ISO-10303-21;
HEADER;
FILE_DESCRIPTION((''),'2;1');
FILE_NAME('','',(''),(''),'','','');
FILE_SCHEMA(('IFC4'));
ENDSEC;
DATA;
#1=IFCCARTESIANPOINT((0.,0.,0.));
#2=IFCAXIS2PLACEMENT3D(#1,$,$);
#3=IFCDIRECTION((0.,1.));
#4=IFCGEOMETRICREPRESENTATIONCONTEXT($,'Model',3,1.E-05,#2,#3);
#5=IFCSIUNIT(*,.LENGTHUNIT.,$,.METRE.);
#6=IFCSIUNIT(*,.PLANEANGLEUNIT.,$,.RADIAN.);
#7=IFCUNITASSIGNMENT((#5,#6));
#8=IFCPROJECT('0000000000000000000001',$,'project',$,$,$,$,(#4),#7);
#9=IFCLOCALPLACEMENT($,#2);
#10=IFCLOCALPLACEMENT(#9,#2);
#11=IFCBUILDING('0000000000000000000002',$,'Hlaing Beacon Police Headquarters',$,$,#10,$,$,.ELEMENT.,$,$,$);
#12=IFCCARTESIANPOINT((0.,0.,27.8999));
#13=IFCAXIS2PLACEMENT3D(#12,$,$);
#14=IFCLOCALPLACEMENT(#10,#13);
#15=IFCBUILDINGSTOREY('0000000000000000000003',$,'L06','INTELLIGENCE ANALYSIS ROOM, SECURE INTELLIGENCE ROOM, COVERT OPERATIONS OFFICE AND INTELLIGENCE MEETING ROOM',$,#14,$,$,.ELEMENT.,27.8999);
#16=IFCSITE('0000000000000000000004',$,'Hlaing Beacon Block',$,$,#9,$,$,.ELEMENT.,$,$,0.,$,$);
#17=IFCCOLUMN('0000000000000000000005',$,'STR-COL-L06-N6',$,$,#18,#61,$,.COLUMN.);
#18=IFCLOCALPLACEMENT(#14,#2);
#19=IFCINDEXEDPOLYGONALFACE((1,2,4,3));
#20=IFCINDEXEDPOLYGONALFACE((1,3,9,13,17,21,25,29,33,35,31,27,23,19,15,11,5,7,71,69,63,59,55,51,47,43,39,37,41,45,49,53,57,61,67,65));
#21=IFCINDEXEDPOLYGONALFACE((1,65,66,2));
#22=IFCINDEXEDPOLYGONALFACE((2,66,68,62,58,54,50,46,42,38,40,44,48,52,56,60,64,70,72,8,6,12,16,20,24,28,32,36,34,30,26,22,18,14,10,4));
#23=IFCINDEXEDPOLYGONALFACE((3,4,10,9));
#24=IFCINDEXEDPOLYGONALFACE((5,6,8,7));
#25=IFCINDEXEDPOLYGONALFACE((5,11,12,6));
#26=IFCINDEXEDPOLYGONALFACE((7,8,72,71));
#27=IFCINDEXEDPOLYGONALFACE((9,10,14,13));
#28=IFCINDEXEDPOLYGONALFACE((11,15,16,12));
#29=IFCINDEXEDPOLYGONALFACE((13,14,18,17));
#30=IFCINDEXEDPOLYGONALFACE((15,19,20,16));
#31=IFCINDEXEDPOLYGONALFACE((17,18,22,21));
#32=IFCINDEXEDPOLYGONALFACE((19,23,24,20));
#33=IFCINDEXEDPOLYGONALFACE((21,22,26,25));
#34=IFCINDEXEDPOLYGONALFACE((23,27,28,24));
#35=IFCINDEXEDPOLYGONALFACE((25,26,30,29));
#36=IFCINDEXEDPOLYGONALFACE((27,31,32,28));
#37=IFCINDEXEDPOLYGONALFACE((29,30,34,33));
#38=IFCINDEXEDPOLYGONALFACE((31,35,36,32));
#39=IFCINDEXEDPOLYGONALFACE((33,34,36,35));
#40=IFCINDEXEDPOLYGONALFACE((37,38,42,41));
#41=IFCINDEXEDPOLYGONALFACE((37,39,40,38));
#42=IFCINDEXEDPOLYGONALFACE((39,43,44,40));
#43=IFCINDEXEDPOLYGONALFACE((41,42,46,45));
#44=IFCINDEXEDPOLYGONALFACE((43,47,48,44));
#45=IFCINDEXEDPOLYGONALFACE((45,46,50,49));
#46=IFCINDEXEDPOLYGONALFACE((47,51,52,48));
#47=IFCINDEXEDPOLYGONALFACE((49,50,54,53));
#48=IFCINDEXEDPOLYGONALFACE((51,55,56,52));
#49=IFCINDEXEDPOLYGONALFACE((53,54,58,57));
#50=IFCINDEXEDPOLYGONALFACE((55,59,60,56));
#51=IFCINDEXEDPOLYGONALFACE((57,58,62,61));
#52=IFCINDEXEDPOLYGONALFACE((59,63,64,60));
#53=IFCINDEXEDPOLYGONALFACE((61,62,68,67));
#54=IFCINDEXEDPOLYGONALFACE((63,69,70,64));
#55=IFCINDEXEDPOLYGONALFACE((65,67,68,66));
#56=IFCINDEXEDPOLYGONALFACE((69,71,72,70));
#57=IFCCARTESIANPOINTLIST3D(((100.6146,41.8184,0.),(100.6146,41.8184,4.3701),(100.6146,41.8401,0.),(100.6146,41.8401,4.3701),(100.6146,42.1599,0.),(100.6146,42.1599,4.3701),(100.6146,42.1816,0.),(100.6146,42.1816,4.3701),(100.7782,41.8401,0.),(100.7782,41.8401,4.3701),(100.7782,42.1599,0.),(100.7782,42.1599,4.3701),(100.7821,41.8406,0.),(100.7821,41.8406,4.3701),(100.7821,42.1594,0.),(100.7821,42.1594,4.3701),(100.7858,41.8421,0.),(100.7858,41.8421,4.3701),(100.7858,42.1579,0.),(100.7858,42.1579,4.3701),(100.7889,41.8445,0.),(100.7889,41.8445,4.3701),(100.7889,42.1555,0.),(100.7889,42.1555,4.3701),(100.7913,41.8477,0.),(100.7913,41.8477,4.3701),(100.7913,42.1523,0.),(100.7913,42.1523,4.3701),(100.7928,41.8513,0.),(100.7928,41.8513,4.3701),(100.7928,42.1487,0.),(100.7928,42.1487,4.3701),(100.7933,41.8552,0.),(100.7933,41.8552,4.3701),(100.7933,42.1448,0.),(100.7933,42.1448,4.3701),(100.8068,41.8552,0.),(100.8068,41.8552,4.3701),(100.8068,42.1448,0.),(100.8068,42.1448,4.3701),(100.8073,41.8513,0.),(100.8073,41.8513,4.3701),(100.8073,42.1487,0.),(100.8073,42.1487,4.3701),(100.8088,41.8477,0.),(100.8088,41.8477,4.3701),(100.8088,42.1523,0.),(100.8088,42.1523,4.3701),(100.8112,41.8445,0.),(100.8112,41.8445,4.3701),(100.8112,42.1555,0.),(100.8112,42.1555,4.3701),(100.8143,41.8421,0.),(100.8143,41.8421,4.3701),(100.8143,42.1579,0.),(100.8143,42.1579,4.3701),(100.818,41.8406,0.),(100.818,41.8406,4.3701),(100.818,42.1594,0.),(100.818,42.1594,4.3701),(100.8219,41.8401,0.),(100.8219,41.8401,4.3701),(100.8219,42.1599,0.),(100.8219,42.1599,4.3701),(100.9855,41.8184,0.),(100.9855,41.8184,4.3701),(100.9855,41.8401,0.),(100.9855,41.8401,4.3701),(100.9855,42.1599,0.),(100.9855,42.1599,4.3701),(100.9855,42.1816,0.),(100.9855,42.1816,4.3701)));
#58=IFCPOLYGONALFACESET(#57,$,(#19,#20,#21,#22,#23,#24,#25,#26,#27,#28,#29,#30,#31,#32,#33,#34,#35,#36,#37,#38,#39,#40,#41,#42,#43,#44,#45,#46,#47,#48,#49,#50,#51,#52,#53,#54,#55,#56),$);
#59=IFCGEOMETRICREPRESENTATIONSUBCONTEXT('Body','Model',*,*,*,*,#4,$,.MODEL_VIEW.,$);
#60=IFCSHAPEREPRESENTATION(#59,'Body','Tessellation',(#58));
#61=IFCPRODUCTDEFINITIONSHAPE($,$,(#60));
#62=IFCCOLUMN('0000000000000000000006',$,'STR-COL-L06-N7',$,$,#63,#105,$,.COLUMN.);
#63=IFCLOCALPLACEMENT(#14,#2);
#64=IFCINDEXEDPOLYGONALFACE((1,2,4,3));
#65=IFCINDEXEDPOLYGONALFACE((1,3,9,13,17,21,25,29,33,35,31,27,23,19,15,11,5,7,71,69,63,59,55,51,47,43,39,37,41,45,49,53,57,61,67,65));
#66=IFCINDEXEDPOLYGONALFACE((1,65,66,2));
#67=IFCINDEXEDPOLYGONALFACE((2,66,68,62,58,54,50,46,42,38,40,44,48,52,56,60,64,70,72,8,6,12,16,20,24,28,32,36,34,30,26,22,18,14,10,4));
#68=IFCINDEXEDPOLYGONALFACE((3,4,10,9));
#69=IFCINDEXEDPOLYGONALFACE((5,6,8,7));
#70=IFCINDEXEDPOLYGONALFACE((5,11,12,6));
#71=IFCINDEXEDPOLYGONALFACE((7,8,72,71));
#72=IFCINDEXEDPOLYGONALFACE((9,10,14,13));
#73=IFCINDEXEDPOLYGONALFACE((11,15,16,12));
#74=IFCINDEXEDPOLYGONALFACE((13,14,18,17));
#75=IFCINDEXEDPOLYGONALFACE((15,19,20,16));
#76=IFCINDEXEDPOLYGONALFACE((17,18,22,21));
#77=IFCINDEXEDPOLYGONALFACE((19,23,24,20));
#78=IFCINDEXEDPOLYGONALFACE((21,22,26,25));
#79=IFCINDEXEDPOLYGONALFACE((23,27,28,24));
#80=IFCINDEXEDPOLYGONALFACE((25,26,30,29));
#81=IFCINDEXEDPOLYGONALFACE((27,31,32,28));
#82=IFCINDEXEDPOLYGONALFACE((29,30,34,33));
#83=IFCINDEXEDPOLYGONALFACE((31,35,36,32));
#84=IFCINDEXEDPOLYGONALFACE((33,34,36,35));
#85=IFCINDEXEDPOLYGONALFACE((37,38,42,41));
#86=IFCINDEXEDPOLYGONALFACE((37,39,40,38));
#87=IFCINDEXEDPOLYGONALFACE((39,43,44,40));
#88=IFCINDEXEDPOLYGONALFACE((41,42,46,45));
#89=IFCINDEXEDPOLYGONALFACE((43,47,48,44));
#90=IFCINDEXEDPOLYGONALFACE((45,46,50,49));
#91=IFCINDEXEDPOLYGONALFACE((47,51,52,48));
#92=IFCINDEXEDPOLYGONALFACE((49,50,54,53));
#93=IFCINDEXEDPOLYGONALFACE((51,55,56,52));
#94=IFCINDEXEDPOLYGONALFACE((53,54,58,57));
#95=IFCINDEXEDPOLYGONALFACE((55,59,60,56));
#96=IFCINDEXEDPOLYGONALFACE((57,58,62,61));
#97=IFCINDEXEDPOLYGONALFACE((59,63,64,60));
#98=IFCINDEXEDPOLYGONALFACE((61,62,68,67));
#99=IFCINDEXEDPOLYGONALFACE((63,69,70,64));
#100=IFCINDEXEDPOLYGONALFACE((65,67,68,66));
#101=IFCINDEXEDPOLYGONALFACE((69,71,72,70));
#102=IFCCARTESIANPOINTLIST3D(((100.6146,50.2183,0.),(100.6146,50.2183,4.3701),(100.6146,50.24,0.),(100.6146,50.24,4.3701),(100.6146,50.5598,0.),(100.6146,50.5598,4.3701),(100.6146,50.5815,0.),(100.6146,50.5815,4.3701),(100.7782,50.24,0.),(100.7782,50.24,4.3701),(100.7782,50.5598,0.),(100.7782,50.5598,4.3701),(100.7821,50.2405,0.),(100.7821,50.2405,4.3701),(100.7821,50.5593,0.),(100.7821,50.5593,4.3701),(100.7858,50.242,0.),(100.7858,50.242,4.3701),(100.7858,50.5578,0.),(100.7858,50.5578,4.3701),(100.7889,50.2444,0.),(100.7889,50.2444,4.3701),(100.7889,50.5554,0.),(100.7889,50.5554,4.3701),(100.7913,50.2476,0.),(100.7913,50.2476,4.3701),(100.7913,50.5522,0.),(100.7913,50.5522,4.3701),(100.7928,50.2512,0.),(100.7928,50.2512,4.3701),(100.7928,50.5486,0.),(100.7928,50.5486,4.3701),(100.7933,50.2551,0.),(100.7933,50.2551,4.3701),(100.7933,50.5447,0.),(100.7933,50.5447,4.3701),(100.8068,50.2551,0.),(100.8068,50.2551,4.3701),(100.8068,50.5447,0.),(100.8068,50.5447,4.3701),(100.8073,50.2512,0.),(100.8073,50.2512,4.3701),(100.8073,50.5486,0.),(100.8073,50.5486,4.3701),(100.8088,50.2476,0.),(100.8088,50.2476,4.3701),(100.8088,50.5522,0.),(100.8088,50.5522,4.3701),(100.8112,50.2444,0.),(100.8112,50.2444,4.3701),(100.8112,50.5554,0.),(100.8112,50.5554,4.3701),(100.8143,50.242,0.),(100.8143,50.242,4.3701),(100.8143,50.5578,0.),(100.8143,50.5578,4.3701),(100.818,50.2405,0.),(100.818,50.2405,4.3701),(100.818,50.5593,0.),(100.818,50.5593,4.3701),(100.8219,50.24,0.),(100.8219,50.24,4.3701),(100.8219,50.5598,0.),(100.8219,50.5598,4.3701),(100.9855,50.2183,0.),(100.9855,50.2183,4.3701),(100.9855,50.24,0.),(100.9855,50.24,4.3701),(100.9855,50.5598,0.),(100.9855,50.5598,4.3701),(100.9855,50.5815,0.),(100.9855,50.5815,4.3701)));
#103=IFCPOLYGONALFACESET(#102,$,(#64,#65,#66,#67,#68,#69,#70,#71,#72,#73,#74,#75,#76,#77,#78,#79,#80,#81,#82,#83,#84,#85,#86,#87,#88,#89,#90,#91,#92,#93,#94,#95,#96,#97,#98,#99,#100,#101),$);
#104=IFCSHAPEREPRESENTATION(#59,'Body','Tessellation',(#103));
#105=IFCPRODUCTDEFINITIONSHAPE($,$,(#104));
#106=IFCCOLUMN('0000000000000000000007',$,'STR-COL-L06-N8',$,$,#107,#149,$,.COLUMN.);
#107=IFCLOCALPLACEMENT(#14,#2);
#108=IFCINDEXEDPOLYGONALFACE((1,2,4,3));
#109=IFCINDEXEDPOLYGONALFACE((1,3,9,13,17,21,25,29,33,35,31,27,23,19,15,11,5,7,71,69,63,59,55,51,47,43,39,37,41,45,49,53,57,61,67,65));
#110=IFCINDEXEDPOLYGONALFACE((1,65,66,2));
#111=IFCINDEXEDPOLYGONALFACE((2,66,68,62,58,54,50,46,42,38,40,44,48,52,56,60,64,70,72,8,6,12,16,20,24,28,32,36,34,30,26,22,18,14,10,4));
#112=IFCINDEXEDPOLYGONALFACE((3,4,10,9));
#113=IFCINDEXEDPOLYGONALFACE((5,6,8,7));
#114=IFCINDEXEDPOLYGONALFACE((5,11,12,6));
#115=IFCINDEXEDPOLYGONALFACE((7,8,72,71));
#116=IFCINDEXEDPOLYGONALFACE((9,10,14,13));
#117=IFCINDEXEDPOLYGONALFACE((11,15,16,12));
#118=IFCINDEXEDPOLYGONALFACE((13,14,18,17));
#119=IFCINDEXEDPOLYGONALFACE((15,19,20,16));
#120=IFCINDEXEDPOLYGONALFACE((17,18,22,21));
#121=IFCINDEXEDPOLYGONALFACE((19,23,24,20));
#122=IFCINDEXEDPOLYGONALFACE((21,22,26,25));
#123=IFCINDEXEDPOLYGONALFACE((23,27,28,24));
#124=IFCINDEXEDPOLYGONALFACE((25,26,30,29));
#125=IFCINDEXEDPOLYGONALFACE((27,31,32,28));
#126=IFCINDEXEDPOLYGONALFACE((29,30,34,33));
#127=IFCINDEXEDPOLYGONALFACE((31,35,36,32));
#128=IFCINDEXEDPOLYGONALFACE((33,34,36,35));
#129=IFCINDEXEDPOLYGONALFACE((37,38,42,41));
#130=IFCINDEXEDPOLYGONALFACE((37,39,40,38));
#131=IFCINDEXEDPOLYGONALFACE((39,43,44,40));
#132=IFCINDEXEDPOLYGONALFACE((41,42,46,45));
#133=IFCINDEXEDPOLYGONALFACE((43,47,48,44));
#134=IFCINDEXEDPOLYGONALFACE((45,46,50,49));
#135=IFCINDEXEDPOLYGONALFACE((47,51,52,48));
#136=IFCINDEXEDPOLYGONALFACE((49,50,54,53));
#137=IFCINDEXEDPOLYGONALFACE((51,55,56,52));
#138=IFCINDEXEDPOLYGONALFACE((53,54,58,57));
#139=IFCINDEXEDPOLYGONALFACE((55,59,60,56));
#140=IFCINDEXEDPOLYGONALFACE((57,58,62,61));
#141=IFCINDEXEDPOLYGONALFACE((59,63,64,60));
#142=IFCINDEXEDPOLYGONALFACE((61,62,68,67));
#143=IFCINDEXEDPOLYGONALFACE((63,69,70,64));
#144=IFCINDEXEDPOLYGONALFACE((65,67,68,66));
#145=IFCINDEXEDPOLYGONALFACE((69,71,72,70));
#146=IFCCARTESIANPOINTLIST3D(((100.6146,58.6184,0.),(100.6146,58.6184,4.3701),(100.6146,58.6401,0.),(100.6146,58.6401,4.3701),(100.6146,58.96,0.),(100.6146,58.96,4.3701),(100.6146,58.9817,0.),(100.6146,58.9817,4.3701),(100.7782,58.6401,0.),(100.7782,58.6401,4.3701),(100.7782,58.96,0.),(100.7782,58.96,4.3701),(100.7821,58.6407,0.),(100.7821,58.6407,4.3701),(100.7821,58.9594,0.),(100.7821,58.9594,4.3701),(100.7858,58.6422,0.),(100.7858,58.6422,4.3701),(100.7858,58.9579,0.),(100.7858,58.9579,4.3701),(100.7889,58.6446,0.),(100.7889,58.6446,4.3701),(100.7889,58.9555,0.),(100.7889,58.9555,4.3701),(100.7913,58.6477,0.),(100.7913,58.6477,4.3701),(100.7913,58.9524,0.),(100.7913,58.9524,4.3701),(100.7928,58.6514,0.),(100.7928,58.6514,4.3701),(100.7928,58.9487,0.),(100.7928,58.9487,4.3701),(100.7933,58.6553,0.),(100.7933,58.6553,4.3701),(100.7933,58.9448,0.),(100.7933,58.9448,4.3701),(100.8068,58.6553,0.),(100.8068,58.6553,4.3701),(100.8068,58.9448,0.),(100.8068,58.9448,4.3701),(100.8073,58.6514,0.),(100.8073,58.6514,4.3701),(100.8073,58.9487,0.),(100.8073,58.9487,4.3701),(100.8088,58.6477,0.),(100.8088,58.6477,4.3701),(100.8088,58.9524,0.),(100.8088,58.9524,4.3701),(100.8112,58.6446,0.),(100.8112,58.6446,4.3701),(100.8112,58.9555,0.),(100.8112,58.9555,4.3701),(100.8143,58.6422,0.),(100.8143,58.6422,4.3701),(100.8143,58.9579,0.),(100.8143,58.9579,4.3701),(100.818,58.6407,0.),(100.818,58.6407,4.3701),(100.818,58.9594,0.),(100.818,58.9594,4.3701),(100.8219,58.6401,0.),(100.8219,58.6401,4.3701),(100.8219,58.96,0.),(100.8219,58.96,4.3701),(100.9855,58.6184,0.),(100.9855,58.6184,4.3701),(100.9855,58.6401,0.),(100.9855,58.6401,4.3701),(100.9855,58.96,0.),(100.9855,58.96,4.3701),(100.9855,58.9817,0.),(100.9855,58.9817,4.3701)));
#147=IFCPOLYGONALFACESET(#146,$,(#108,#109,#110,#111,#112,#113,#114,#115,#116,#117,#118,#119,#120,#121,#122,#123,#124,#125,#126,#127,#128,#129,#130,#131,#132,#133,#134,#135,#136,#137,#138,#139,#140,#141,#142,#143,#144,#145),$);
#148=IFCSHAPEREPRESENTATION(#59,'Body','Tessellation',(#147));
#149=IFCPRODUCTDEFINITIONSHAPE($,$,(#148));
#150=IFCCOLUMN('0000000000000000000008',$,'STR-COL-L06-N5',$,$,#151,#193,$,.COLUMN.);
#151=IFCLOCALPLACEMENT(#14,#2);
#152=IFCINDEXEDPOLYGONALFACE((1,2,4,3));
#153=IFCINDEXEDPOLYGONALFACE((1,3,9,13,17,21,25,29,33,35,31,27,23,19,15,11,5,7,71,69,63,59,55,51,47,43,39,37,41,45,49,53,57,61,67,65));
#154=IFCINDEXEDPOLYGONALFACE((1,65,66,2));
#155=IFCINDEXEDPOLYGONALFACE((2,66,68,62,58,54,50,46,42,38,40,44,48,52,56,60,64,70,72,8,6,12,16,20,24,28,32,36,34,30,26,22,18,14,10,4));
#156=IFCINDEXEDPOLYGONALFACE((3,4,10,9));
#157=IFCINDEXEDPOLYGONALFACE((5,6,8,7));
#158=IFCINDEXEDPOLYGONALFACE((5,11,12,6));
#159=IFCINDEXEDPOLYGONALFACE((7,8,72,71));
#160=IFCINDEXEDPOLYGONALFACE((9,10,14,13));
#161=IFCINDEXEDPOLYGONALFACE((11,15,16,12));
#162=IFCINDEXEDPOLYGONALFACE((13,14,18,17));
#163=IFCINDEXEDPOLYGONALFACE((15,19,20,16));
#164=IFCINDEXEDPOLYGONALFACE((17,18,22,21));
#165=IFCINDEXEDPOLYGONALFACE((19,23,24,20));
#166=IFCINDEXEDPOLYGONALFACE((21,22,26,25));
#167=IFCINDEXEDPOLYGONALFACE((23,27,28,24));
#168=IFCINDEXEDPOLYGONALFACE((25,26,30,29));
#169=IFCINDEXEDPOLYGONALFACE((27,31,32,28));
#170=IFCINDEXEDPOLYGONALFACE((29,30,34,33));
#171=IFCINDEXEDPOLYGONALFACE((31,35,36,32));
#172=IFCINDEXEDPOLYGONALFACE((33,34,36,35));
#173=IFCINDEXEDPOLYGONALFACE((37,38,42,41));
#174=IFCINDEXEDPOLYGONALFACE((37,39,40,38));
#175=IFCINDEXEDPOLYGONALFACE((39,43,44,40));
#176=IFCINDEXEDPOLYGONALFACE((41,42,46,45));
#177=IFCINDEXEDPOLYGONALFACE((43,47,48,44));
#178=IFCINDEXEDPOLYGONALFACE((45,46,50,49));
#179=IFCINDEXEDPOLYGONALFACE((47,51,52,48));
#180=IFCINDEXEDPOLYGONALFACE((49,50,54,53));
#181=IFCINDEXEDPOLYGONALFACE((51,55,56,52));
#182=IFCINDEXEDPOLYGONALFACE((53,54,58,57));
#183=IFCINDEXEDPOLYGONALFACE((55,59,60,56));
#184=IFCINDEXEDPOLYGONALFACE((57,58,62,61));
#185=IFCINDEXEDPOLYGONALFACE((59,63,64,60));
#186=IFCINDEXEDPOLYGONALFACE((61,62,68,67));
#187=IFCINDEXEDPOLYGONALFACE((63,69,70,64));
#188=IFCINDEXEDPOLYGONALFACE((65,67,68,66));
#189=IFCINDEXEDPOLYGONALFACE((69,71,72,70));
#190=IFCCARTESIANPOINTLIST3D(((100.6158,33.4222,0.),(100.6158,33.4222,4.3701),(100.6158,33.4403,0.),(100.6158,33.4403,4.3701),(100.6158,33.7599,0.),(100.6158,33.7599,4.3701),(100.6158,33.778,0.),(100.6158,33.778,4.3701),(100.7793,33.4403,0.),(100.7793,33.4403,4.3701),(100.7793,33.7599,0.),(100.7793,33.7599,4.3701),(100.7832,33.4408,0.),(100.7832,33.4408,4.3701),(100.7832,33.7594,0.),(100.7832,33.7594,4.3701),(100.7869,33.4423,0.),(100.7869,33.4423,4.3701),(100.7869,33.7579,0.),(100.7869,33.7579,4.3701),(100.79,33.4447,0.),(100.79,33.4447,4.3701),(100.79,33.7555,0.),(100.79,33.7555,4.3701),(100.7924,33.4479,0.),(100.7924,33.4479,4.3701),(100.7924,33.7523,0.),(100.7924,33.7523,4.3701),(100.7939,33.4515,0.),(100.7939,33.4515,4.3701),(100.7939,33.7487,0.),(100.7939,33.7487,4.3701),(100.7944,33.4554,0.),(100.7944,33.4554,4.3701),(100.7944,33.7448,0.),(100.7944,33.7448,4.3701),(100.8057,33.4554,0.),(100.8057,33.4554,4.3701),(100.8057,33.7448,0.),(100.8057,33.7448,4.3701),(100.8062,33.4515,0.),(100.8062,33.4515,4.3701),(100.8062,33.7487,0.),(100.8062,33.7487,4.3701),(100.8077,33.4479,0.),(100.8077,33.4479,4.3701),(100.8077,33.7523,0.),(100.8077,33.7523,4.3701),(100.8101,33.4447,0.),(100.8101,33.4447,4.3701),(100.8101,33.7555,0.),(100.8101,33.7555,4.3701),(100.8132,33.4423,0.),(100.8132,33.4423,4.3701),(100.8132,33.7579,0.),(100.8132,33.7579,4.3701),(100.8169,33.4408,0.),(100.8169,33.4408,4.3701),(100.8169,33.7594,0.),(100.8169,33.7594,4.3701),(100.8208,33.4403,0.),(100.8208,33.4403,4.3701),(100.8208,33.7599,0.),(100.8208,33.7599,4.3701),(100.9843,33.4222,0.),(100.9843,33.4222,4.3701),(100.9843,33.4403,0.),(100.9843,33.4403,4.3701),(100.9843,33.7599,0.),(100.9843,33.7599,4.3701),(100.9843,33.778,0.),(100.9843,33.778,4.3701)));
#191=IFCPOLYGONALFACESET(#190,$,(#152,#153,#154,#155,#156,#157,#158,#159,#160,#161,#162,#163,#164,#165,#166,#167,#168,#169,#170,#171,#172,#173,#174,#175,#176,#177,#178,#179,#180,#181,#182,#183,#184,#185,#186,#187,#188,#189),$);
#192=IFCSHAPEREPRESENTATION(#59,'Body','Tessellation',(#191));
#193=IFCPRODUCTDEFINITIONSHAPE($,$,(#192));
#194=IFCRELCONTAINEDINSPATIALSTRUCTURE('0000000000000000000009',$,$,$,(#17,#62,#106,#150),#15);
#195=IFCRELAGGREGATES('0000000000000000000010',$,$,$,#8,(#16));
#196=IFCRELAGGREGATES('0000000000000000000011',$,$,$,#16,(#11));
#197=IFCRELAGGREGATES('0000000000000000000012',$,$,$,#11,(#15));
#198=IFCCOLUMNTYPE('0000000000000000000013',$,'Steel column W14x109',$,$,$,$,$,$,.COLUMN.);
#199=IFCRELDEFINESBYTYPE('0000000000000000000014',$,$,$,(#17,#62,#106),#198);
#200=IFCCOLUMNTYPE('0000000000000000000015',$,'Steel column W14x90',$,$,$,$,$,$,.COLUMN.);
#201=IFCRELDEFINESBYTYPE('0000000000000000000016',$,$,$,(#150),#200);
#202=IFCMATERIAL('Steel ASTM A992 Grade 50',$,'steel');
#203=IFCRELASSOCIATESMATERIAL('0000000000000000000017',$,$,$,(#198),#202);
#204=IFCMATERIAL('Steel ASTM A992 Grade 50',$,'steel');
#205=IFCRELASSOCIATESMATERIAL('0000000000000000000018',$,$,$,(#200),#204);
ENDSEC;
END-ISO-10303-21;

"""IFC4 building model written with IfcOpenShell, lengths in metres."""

from ifc_helpers import new_model, si_unit, direction, frame, origin, origin_2d, place, context, subcontext, project, spatial, i_section, extrude, material, material_profile, profile_set, type_object, element, save


model = new_model("IFC4")

# Units and contexts
model_context = context("Model", 3, precision=1e-05, world=origin(), true_north=direction((0.0, 1.0)))
body_context = subcontext(model_context, "Body", "Model", "MODEL_VIEW")
ifc_project = project(units=[si_unit("LENGTHUNIT", "METRE"), si_unit("PLANEANGLEUNIT", "RADIAN")], contexts=[model_context])

# Site, building, storey
site_placement = place(None, origin())
site = spatial("IfcSite", under=ifc_project, at=site_placement, Name="Hlaing Beacon Block", CompositionType="ELEMENT", RefElevation=0.0)
building_placement = place(site_placement, origin())
building = spatial("IfcBuilding", under=site, at=building_placement, Name="Hlaing Beacon Police Headquarters", CompositionType="ELEMENT")
storey_placement = place(building_placement, frame((0.0, 0.0, 27.8999)))
storey = spatial("IfcBuildingStorey", under=building, at=storey_placement, Name="L06", Description="INTELLIGENCE ANALYSIS ROOM, SECURE INTELLIGENCE ROOM, COVERT OPERATIONS OFFICE AND INTELLIGENCE MEETING ROOM", CompositionType="ELEMENT", Elevation=27.8999)

# Columns
ifc_material_1 = material(Name="Steel ASTM A992 Grade 50", Category="steel")
ifc_material_profile_1 = material_profile(ifc_material_1, i_section(OverallWidth=0.3708, OverallDepth=0.3633, WebThickness=0.0134, FlangeThickness=0.0217, FilletRadius=0.0151, at=origin_2d()), Name="W14x109")
ifc_profile_set_1 = profile_set([ifc_material_profile_1], Name="Steel ASTM A992 Grade 50")
column_type_1 = type_object("IfcColumnType", Name="Steel column W14x109", PredefinedType="COLUMN", material=ifc_profile_set_1)
for number, where, z_axis, x_axis, name in (
    (1, (100.8, 42.0, 0.0), (0.0, 0.0, 1.0), (1.0, 0.0, 0.0), "STR-COL-L06-N6"),
    (2, (100.8, 50.3999, 0.0), (0.0, 0.0, 1.0), (1.0, 0.0, 0.0), "STR-COL-L06-N7"),
    (3, (100.8, 58.8, 0.0), (0.0, 0.0, 1.0), (1.0, 0.0, 0.0), "STR-COL-L06-N8"),
):
    element("IfcColumn", number, at=place(storey_placement, frame(where, z_axis=z_axis, x_axis=x_axis)), inside=storey, type_object=column_type_1, Name=name, PredefinedType="COLUMN", context=body_context, shape_type="SweptSolid", body=[
        extrude(i_section(OverallWidth=0.3708, OverallDepth=0.3633, WebThickness=0.0134, FlangeThickness=0.0217, FilletRadius=0.0151, at=origin_2d()), origin(), (0.0, 0.0, 1.0), 4.3701),
    ])
ifc_material_2 = material(Name="Steel ASTM A992 Grade 50", Category="steel")
ifc_material_profile_2 = material_profile(ifc_material_2, i_section(OverallWidth=0.3684, OverallDepth=0.3557, WebThickness=0.0112, FlangeThickness=0.0181, FilletRadius=0.0151, at=origin_2d()), Name="W14x90")
ifc_profile_set_2 = profile_set([ifc_material_profile_2], Name="Steel ASTM A992 Grade 50")
column_type_2 = type_object("IfcColumnType", Name="Steel column W14x90", PredefinedType="COLUMN", material=ifc_profile_set_2)
for number, where, z_axis, x_axis, name in (
    (4, (100.8, 33.6001, 0.0), (0.0, 0.0, 1.0), (1.0, 0.0, 0.0), "STR-COL-L06-N5"),
):
    element("IfcColumn", number, at=place(storey_placement, frame(where, z_axis=z_axis, x_axis=x_axis)), inside=storey, type_object=column_type_2, Name=name, PredefinedType="COLUMN", context=body_context, shape_type="SweptSolid", body=[
        extrude(i_section(OverallWidth=0.3684, OverallDepth=0.3557, WebThickness=0.0112, FlangeThickness=0.0181, FilletRadius=0.0151, at=origin_2d()), origin(), (0.0, 0.0, 1.0), 4.3701),
    ])

save(model, "model.ifc")
